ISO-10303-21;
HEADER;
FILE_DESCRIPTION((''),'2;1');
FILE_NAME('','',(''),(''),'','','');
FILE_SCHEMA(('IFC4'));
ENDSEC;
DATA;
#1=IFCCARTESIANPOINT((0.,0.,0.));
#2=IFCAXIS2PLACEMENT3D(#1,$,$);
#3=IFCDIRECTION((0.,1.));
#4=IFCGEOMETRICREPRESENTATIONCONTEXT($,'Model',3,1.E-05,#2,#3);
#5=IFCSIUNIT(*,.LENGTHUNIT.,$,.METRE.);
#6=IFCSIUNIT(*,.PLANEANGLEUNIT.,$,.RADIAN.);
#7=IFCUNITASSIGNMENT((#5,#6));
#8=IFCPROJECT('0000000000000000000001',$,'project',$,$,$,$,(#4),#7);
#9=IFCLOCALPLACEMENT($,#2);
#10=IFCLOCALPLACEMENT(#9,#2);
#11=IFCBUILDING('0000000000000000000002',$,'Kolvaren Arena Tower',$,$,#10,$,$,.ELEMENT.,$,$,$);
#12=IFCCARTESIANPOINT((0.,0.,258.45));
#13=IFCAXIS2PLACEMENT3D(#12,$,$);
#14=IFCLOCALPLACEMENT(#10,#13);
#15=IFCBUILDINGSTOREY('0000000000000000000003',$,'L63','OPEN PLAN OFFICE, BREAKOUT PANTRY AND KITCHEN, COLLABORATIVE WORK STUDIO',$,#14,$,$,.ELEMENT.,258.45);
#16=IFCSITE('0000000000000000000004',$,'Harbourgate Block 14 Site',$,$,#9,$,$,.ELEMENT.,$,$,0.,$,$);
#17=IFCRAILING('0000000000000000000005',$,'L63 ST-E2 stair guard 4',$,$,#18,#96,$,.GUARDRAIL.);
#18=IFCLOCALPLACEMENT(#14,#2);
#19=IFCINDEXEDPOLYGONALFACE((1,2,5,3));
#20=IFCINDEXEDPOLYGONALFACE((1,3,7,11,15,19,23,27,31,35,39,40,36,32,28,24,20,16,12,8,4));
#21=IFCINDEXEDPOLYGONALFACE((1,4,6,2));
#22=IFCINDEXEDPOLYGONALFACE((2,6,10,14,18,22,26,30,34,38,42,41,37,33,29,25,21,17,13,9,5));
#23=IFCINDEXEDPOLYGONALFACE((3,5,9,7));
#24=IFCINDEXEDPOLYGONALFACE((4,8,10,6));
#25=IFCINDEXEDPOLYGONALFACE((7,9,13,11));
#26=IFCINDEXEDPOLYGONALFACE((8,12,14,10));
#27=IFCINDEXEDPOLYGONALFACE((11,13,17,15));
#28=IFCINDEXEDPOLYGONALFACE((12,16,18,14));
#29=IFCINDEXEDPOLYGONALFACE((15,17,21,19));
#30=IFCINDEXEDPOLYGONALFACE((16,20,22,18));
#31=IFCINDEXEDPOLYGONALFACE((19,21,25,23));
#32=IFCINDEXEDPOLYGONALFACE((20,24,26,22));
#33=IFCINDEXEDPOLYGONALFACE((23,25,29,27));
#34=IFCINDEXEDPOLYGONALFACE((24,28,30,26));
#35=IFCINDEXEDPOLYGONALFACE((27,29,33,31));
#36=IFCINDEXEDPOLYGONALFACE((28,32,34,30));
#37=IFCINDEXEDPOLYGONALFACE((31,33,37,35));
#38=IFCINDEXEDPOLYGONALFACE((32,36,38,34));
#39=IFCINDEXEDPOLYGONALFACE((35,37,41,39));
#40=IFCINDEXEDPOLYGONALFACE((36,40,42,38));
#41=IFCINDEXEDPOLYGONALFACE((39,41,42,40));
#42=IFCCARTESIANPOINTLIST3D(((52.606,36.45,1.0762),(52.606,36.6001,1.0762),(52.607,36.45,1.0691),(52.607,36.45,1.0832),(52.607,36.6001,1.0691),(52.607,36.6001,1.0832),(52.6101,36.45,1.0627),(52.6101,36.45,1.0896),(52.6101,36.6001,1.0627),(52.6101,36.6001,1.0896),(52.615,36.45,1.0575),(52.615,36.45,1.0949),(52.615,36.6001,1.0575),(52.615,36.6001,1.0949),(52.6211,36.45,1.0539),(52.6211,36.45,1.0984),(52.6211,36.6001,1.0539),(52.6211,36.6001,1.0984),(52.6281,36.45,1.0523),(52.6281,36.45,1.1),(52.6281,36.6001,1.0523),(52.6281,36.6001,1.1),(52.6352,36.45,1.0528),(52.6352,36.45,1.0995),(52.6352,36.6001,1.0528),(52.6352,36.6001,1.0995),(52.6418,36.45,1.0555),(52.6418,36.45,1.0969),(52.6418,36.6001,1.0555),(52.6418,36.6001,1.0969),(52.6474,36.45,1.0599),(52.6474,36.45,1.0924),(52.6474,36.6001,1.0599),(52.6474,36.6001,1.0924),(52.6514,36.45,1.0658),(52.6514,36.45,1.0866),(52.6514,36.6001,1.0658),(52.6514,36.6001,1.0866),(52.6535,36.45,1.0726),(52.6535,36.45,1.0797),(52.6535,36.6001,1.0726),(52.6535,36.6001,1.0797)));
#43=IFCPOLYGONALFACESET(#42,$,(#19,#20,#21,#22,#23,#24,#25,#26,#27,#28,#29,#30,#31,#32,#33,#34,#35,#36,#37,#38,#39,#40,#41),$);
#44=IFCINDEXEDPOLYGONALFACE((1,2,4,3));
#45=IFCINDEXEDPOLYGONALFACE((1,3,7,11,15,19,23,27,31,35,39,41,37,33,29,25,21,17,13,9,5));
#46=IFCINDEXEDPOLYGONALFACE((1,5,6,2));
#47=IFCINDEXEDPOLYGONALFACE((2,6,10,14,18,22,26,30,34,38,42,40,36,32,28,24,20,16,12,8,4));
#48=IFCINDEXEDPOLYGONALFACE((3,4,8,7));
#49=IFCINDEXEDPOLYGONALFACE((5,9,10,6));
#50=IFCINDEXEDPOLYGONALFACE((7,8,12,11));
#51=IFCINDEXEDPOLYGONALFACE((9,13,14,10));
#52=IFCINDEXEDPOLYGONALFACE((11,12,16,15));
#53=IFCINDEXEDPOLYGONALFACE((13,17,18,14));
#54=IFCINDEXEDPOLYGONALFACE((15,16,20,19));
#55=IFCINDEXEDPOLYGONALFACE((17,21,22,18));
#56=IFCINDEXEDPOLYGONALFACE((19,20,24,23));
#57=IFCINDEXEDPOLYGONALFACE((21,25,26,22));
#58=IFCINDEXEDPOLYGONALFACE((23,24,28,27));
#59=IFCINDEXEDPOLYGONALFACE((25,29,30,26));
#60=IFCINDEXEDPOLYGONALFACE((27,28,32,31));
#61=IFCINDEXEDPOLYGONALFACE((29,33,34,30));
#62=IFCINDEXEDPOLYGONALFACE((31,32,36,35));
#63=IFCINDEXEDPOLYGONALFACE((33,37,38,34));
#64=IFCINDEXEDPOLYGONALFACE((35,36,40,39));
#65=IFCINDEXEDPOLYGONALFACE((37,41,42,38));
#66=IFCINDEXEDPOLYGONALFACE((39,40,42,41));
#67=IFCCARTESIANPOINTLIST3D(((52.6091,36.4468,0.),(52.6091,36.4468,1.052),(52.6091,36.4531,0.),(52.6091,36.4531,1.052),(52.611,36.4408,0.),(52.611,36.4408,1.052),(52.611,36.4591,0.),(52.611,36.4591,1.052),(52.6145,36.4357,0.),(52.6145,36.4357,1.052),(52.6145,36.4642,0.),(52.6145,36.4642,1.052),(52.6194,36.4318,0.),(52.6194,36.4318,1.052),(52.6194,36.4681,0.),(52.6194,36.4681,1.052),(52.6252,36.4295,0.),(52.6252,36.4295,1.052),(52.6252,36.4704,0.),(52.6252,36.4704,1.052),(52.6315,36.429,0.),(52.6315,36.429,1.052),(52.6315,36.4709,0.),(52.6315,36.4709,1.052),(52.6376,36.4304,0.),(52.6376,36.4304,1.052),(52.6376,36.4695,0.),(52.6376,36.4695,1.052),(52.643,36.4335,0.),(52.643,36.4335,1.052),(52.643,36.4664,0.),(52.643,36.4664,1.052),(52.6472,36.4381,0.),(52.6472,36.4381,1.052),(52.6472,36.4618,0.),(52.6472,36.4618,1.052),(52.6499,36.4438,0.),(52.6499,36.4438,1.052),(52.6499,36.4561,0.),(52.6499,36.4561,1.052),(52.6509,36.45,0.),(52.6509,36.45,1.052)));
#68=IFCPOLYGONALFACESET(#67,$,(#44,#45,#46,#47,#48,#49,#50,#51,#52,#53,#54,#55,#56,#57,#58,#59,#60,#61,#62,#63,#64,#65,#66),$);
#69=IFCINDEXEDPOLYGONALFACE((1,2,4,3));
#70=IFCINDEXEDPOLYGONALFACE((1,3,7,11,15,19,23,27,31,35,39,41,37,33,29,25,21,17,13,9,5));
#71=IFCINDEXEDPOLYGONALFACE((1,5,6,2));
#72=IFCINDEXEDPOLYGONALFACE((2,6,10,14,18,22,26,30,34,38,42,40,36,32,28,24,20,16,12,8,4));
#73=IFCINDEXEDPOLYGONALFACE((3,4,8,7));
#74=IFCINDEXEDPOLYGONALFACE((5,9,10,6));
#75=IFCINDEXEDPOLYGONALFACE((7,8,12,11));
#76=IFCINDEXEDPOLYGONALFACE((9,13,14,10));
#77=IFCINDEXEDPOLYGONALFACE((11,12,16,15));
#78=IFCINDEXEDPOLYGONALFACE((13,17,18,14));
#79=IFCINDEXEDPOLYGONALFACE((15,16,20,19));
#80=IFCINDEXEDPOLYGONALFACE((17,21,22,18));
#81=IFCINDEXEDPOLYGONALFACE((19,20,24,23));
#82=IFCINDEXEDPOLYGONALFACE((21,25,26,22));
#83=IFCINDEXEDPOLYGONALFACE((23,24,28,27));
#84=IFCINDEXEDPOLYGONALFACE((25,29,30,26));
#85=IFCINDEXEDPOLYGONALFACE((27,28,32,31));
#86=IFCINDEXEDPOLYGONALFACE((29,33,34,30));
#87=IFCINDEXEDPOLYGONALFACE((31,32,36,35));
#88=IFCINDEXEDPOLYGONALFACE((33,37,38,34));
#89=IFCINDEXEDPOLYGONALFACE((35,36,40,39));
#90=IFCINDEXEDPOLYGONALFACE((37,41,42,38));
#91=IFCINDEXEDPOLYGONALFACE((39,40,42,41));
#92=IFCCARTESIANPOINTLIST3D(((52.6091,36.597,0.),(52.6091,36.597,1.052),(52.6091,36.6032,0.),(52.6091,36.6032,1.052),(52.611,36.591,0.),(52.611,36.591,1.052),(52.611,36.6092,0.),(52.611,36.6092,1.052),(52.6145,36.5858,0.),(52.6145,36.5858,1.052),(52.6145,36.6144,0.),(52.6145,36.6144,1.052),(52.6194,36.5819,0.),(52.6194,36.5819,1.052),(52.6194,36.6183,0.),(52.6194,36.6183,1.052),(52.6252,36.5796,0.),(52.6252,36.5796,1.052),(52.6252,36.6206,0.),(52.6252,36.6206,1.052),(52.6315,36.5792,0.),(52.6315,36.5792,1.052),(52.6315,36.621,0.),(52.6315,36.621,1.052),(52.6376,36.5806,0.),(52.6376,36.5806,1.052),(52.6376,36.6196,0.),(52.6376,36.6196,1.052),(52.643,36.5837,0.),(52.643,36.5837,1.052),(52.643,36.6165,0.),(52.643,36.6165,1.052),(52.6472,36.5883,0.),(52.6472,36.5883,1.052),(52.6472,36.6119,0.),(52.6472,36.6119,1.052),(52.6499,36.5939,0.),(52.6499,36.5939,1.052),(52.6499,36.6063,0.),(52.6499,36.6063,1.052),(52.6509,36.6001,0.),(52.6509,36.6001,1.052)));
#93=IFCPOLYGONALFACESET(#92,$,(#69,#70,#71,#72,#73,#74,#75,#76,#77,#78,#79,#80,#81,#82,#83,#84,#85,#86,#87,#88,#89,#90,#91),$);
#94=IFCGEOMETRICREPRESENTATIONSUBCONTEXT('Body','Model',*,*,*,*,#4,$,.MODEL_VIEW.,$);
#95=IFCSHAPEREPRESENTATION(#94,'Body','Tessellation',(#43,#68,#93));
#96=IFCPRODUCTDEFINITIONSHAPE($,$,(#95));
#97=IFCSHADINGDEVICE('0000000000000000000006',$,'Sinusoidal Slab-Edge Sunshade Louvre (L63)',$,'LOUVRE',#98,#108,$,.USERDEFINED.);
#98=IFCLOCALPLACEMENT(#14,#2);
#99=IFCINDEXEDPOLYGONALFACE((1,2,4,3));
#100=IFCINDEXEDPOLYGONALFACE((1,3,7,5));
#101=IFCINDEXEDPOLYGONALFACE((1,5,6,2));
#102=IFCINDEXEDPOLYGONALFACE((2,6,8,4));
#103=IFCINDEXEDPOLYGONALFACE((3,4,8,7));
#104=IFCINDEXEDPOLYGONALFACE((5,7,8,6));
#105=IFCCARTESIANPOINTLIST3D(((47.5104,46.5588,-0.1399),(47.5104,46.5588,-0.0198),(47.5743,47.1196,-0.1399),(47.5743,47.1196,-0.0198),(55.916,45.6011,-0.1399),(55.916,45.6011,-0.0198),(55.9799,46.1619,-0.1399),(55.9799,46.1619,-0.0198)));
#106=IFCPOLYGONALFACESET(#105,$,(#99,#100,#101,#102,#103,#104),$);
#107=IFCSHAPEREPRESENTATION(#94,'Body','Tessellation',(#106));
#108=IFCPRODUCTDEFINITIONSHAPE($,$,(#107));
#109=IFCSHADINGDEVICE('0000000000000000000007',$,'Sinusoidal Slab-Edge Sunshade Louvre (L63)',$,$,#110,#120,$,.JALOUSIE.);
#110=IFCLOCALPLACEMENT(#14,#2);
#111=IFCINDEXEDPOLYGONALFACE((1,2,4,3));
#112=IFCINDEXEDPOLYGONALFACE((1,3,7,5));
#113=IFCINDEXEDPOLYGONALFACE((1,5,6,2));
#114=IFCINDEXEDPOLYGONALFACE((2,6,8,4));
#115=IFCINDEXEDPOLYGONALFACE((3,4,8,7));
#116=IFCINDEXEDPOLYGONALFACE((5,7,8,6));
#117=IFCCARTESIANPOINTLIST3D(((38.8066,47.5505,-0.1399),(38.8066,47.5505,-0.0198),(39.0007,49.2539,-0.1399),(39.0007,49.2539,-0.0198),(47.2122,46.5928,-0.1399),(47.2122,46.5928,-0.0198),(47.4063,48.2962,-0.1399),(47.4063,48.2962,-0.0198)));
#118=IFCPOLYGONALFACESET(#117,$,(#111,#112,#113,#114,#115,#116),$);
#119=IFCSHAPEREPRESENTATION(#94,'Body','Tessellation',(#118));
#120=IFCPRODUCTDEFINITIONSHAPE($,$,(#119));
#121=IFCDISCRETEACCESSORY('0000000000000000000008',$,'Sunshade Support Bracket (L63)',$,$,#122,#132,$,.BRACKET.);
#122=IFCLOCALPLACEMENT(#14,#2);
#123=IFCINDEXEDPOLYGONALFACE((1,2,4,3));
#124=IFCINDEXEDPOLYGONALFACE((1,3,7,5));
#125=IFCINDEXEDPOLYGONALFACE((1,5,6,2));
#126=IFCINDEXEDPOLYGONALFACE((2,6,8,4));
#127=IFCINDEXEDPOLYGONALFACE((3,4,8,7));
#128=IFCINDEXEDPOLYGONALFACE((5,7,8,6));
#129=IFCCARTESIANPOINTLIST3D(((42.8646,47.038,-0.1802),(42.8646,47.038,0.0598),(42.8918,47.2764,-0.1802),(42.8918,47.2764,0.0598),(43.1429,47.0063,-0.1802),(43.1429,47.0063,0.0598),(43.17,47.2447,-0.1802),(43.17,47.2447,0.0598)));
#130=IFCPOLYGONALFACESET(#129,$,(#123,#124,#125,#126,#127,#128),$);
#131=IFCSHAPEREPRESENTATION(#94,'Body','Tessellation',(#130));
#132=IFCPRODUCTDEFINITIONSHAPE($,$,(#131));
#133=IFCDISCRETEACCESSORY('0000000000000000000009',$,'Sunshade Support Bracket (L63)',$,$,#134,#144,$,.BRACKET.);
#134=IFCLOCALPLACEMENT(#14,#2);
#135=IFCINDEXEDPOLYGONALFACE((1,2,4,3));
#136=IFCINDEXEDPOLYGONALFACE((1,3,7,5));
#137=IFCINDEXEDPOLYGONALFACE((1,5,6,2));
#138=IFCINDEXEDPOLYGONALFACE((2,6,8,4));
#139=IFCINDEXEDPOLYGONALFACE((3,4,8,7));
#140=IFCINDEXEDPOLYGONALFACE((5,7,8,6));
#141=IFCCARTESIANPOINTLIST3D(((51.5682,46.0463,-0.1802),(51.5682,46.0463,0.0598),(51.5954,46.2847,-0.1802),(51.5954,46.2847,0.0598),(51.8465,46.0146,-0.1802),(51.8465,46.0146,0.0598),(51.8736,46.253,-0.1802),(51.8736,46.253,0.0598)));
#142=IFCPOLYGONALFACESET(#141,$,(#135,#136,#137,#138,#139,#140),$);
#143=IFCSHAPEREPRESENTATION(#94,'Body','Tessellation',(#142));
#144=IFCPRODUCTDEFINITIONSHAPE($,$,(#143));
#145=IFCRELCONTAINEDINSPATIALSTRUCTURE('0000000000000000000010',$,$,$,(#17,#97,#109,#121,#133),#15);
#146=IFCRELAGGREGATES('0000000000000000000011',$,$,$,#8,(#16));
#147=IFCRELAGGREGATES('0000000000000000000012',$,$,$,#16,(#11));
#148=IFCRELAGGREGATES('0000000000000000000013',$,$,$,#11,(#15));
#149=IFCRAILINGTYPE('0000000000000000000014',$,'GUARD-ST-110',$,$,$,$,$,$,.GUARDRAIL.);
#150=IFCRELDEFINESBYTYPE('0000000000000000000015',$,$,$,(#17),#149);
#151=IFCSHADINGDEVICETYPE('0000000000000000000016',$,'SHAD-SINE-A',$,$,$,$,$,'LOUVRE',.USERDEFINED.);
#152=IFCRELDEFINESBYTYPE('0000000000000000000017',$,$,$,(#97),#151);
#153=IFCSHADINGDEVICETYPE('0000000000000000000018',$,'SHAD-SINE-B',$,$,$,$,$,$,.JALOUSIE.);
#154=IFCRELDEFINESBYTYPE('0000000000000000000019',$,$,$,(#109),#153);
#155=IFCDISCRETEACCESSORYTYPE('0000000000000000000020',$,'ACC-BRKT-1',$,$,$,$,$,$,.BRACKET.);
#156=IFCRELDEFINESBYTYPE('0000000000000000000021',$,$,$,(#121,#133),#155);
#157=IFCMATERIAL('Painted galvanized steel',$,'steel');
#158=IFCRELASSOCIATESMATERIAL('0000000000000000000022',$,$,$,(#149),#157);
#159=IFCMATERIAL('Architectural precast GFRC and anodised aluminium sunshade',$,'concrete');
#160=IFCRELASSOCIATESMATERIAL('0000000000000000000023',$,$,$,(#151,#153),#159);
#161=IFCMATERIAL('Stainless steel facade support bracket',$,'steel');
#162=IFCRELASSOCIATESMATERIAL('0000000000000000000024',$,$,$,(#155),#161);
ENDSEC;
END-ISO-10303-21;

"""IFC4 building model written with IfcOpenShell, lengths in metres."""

from ifc_helpers import new_model, si_unit, direction, frame, origin, origin_2d, place, context, subcontext, project, spatial, rectangle, circle, extrude, material, type_object, element, save


model = new_model("IFC4")

# Units and contexts
model_context = context("Model", 3, precision=1e-05, world=origin(), true_north=direction((0.0, 1.0)))
body_context = subcontext(model_context, "Body", "Model", "MODEL_VIEW")
ifc_project = project(units=[si_unit("LENGTHUNIT", "METRE"), si_unit("PLANEANGLEUNIT", "RADIAN")], contexts=[model_context])

# Site, building, storey
site_placement = place(None, origin())
site = spatial("IfcSite", under=ifc_project, at=site_placement, Name="Harbourgate Block 14 Site", CompositionType="ELEMENT", RefElevation=0.0)
building_placement = place(site_placement, origin())
building = spatial("IfcBuilding", under=site, at=building_placement, Name="Kolvaren Arena Tower", CompositionType="ELEMENT")
storey_placement = place(building_placement, frame((0.0, 0.0, 258.45)))
storey = spatial("IfcBuildingStorey", under=building, at=storey_placement, Name="L63", Description="OPEN PLAN OFFICE, BREAKOUT PANTRY AND KITCHEN, COLLABORATIVE WORK STUDIO", CompositionType="ELEMENT", Elevation=258.45)

# Railing
ifc_material_1 = material(Name="Painted galvanized steel", Category="steel")
railing_type = type_object("IfcRailingType", Name="GUARD-ST-110", PredefinedType="GUARDRAIL", material=ifc_material_1)
railing_1_placement = place(storey_placement, frame((52.6299, 36.45, 0.0)))
element("IfcRailing", 1, at=railing_1_placement, inside=storey, type_object=railing_type, Name="L63 ST-E2 stair guard 4", PredefinedType="GUARDRAIL", context=body_context, shape_type="SweptSolid", body=[
    extrude(circle(Radius=0.0239, at=origin_2d()), frame((0.0, 0.0, 1.0762), z_axis=(0.0, 1.0, 0.0), x_axis=(-1.0, 0.0, 0.0)), (0.0, 0.0, 1.0), 0.1501),
    extrude(circle(Radius=0.021, at=origin_2d()), origin(), (0.0, 0.0, 1.0), 1.052),
    extrude(circle(Radius=0.021, at=origin_2d()), frame((0.0, 0.1501, 0.0)), (0.0, 0.0, 1.0), 1.052),
])

# Shading devices
ifc_material_2 = material(Name="Architectural precast GFRC and anodised aluminium sunshade", Category="concrete")
shading_device_type_1 = type_object("IfcShadingDeviceType", Name="SHAD-SINE-A", ElementType="LOUVRE", PredefinedType="USERDEFINED", material=ifc_material_2)
shading_device_1_placement = place(storey_placement, frame((51.7451, 46.3604, -0.1399), z_axis=(0.0, 0.0, 1.0), x_axis=(0.993572, -0.113205, 0.0)))
element("IfcShadingDevice", 2, at=shading_device_1_placement, inside=storey, type_object=shading_device_type_1, Name="Sinusoidal Slab-Edge Sunshade Louvre (L63)", ObjectType="LOUVRE", PredefinedType="USERDEFINED", context=body_context, shape_type="SweptSolid", body=[
    extrude(rectangle(XDim=8.46, YDim=0.5645, at=origin_2d()), origin(), (0.0, 0.0, 1.0), 0.1201),
])
shading_device_type_2 = type_object("IfcShadingDeviceType", Name="SHAD-SINE-B", PredefinedType="JALOUSIE", material=ifc_material_2)
shading_device_2_placement = place(storey_placement, frame((43.1064, 47.9233, -0.1399), z_axis=(0.0, 0.0, 1.0), x_axis=(0.993572, -0.113205, 0.0)))
element("IfcShadingDevice", 3, at=shading_device_2_placement, inside=storey, type_object=shading_device_type_2, Name="Sinusoidal Slab-Edge Sunshade Louvre (L63)", PredefinedType="JALOUSIE", context=body_context, shape_type="SweptSolid", body=[
    extrude(rectangle(XDim=8.46, YDim=1.7144, at=origin_2d()), origin(), (0.0, 0.0, 1.0), 0.1201),
])

# Discrete accessories
ifc_material_3 = material(Name="Stainless steel facade support bracket", Category="steel")
discrete_accessory_type = type_object("IfcDiscreteAccessoryType", Name="ACC-BRKT-1", PredefinedType="BRACKET", material=ifc_material_3)
for number, where, z_axis, x_axis, name in (
    (4, (43.0173, 47.1414, -0.1802), (0.0, 0.0, 1.0), (0.993572, -0.113205, 0.0), "Sunshade Support Bracket (L63)"),
    (5, (51.7209, 46.1497, -0.1802), (0.0, 0.0, 1.0), (0.993572, -0.113205, 0.0), "Sunshade Support Bracket (L63)"),
):
    element("IfcDiscreteAccessory", number, at=place(storey_placement, frame(where, z_axis=z_axis, x_axis=x_axis)), inside=storey, type_object=discrete_accessory_type, Name=name, PredefinedType="BRACKET", context=body_context, shape_type="SweptSolid", body=[
        extrude(rectangle(XDim=0.28, YDim=0.24, at=origin_2d()), origin(), (0.0, 0.0, 1.0), 0.24),
    ])

save(model, "model.ifc")
